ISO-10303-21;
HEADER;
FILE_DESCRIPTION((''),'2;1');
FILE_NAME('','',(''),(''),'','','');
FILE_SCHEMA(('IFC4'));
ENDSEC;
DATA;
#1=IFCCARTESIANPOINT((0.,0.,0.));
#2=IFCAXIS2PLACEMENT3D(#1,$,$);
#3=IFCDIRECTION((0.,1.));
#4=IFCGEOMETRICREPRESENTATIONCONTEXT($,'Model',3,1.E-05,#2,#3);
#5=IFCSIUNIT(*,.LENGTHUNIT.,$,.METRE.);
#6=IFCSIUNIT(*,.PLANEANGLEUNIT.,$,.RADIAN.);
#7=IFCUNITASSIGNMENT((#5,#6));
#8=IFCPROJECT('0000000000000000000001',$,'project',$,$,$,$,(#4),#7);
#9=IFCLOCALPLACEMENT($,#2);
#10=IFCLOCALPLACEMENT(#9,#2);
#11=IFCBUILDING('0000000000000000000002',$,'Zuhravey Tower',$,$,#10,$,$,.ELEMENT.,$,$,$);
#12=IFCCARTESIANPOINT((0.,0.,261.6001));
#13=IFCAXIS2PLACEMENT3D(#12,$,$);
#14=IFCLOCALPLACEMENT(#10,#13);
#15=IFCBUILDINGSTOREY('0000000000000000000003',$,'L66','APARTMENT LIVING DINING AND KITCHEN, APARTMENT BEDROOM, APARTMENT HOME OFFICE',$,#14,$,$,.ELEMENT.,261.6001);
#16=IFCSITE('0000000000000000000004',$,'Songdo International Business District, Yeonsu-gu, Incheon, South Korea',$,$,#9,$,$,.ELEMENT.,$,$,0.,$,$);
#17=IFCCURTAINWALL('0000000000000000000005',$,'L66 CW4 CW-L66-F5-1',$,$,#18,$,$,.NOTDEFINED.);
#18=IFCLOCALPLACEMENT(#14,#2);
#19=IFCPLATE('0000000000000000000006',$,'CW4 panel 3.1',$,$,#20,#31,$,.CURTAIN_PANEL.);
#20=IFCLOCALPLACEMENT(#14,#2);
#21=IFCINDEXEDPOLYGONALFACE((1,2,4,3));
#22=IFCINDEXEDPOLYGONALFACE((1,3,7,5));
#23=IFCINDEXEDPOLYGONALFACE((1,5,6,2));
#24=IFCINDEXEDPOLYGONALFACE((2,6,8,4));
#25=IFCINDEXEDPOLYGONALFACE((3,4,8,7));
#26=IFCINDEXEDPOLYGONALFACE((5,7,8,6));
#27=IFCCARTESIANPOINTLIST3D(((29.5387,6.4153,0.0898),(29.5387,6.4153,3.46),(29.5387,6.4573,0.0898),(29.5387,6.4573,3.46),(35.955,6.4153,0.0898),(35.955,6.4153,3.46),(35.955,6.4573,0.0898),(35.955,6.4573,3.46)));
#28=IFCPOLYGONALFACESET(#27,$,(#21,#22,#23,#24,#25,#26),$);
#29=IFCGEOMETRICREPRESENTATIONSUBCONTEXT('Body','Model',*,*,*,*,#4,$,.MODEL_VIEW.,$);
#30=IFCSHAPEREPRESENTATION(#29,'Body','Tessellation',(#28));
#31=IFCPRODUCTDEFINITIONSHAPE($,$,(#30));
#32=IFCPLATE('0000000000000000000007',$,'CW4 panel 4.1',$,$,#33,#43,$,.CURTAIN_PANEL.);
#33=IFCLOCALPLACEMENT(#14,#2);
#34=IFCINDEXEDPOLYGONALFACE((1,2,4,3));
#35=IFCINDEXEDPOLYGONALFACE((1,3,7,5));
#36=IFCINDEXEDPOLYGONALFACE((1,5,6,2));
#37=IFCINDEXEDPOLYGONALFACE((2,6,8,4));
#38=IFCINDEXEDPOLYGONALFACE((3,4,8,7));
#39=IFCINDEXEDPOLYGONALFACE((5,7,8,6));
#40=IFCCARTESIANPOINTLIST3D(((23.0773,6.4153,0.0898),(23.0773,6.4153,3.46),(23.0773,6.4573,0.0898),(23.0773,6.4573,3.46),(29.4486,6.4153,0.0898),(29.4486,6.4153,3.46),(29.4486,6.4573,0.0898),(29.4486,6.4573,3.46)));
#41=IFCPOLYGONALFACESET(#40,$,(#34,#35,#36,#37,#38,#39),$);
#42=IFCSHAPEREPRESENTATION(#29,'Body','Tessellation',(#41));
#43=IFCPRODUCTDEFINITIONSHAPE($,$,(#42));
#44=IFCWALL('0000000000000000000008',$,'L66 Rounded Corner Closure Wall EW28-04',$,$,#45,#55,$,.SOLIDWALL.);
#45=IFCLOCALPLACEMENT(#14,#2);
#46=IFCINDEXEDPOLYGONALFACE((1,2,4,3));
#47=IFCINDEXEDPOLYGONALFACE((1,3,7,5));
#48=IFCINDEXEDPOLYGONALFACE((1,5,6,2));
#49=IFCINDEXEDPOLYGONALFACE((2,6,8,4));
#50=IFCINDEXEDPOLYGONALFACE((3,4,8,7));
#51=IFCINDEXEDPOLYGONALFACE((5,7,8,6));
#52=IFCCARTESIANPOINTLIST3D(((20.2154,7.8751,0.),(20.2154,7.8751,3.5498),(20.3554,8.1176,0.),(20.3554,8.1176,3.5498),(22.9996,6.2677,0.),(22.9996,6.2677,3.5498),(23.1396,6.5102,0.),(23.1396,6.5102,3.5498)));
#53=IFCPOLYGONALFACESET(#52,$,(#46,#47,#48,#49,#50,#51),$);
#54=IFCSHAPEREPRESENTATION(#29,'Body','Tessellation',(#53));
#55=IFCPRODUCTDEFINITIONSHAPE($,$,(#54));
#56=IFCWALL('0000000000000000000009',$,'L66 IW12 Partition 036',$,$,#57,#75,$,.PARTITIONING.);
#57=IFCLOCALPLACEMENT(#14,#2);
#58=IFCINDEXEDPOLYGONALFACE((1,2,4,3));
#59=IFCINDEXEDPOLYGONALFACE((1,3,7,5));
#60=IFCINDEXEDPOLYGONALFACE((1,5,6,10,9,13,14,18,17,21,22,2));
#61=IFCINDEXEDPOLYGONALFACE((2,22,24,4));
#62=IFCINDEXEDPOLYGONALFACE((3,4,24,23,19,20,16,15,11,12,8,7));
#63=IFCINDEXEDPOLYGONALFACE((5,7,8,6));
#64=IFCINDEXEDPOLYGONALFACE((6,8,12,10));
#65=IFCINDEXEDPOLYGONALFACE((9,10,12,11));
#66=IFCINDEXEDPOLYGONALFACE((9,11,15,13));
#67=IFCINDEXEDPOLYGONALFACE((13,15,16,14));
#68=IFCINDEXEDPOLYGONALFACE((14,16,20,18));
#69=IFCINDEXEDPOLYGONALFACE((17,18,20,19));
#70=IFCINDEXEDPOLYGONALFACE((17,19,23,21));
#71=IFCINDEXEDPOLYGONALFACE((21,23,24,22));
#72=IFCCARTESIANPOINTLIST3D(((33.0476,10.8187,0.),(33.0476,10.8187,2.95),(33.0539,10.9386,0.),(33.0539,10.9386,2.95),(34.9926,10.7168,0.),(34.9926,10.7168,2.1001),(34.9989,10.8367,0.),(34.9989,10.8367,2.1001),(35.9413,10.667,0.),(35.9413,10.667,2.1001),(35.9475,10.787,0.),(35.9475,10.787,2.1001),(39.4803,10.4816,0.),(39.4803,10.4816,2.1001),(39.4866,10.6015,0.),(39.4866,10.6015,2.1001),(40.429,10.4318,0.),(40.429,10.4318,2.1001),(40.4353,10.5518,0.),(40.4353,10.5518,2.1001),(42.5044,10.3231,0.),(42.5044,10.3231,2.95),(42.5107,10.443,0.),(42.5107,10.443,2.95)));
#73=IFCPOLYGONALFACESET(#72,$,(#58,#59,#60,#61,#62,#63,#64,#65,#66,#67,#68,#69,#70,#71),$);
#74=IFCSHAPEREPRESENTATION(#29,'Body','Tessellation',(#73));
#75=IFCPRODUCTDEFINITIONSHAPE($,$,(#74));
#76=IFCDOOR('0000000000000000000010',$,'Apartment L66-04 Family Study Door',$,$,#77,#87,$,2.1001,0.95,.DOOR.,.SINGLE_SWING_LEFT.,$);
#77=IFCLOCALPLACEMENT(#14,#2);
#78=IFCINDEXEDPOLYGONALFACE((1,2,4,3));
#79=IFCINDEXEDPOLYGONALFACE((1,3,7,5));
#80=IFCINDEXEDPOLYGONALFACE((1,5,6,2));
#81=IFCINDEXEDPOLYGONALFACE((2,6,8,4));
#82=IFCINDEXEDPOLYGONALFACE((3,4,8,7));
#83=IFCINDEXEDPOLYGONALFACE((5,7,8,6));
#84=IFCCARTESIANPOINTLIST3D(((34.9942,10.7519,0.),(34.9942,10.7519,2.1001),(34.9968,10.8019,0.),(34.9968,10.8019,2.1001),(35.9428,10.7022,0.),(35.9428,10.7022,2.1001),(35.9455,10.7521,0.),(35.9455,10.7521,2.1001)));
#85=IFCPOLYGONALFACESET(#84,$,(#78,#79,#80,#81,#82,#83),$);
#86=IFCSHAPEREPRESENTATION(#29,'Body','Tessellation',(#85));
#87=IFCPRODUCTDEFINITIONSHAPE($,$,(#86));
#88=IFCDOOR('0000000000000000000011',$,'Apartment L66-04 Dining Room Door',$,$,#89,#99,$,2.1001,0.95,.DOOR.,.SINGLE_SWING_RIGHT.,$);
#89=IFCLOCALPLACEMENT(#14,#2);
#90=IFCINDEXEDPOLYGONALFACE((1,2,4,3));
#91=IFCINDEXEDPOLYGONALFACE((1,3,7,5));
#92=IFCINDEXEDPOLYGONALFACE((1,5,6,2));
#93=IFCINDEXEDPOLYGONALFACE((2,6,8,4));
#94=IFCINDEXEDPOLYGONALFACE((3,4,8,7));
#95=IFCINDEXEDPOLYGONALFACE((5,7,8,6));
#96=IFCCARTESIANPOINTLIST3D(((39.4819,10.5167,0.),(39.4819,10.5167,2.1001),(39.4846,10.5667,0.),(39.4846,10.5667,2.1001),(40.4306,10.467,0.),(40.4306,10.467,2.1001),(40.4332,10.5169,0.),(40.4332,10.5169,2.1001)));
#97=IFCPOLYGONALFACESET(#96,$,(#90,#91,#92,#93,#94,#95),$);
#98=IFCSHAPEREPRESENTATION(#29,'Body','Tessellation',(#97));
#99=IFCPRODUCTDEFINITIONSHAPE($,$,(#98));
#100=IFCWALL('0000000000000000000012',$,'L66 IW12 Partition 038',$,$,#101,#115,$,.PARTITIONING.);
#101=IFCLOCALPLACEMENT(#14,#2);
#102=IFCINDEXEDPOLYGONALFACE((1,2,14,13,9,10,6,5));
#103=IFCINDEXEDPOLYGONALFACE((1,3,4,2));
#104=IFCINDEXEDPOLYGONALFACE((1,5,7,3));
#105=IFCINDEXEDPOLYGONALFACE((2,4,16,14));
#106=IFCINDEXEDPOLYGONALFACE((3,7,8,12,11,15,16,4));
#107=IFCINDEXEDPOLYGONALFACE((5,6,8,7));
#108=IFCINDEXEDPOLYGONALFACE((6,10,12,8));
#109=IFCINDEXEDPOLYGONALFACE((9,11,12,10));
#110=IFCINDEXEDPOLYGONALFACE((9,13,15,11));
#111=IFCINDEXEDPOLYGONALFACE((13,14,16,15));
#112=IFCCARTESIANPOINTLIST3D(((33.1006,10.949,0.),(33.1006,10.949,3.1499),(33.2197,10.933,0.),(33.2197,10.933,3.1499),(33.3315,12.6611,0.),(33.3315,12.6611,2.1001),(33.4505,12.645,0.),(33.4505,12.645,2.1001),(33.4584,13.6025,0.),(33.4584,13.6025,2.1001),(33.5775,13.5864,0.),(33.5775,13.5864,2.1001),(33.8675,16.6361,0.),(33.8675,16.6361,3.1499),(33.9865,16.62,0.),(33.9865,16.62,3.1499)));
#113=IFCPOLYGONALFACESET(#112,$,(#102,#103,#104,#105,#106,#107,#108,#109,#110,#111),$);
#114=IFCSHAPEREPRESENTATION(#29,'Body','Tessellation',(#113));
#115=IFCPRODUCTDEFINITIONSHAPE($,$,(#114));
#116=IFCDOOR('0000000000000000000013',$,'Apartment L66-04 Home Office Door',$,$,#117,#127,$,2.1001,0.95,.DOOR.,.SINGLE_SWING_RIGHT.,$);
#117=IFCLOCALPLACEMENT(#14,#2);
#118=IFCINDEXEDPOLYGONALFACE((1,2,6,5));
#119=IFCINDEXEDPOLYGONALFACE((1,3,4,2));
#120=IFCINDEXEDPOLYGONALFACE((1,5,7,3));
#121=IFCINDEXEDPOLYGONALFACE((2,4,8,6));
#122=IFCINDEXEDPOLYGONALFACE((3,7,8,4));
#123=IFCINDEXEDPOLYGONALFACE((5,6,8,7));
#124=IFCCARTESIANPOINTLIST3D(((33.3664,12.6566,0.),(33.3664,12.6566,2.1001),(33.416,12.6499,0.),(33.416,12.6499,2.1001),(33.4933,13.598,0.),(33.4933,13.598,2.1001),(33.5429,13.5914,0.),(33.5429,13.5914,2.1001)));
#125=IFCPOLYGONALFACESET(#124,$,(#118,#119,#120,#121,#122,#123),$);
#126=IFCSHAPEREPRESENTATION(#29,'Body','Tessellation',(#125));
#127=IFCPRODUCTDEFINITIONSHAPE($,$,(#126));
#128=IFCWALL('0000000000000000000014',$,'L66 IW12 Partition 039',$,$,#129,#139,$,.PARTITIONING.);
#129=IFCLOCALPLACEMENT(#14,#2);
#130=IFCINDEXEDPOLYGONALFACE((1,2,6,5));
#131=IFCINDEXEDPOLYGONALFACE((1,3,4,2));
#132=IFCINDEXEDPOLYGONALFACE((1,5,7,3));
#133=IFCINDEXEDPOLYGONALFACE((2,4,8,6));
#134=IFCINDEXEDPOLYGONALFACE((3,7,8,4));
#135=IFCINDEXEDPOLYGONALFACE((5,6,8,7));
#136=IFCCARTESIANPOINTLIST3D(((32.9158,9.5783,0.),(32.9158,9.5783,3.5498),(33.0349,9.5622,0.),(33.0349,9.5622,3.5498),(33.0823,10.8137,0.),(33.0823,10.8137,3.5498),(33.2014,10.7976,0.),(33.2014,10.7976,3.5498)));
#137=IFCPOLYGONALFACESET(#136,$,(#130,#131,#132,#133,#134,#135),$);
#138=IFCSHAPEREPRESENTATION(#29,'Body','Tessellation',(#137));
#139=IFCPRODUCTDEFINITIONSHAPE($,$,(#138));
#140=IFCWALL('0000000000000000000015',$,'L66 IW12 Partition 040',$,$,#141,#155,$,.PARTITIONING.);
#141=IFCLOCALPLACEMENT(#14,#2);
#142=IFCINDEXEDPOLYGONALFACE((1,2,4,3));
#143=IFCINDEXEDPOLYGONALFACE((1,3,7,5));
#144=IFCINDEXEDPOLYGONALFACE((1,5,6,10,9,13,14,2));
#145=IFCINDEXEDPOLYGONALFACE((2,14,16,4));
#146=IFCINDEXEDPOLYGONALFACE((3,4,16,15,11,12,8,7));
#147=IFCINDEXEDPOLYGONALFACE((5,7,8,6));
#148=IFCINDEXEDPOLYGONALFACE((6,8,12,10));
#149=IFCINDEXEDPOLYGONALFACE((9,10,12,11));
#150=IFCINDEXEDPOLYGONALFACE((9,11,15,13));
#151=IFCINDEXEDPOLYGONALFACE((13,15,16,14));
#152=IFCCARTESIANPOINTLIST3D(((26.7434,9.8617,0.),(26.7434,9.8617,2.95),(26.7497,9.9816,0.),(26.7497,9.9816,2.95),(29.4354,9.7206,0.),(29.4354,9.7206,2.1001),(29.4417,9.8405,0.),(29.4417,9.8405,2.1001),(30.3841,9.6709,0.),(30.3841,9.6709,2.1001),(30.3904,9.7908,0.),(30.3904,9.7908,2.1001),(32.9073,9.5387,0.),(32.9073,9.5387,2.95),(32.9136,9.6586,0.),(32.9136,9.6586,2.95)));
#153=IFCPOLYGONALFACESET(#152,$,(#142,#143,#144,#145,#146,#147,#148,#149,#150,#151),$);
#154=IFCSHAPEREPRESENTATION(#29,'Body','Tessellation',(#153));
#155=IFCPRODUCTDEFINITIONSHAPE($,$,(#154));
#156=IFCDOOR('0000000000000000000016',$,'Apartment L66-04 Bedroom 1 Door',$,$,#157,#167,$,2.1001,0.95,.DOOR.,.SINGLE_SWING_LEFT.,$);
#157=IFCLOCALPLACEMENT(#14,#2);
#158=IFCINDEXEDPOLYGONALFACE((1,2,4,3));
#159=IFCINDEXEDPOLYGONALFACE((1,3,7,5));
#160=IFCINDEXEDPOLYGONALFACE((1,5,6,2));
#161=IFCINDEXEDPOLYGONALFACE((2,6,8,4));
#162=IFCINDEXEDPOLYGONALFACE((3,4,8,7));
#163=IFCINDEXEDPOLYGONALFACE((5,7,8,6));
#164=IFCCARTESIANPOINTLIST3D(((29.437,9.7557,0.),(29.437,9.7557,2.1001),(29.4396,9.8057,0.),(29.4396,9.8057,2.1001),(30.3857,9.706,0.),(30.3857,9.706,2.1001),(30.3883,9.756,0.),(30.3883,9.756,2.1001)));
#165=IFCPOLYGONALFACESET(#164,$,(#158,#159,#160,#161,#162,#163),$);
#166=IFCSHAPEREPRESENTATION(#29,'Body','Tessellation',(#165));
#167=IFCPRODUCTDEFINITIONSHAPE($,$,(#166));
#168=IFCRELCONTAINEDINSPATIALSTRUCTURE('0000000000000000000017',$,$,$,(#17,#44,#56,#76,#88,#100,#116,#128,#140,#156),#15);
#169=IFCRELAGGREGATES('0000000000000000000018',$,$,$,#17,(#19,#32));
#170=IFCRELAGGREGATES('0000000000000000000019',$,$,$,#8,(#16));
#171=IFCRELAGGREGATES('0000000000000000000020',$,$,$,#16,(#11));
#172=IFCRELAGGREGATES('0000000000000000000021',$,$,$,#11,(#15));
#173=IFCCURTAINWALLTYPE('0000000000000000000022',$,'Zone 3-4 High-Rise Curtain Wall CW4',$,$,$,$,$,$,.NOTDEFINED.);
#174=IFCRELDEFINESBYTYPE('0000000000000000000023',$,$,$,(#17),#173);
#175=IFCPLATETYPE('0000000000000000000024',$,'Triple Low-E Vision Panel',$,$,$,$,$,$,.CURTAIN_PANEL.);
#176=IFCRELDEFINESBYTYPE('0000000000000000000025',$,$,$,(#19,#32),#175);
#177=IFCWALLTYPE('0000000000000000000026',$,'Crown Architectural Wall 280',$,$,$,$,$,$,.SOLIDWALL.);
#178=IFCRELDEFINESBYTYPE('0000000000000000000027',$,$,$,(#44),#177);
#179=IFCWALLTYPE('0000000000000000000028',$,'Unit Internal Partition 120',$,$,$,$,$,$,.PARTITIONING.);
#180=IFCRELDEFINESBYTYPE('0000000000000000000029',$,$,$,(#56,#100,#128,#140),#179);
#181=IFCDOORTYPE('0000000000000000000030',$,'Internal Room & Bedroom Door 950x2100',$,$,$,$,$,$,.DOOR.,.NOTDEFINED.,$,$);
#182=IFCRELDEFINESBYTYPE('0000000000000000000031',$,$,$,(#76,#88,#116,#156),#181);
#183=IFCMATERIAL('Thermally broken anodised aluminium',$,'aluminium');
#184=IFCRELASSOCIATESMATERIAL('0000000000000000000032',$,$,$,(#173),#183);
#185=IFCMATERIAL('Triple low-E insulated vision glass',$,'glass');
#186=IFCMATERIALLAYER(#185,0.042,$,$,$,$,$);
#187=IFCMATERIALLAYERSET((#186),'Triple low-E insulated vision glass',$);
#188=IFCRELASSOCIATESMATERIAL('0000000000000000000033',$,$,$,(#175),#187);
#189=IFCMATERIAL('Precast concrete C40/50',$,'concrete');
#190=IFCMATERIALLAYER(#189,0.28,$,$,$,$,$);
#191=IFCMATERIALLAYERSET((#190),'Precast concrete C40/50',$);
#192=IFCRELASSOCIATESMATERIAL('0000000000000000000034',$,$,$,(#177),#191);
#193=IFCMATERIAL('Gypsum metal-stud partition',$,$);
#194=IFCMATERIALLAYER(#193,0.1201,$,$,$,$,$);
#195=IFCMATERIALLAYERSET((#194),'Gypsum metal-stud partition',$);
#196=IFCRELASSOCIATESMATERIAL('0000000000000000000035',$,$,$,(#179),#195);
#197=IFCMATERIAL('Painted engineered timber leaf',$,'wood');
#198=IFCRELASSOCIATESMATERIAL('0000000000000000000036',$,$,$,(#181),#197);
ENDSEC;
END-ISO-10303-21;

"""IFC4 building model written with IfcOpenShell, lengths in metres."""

from ifc_helpers import new_model, si_unit, direction, frame, frame_2d, origin, origin_2d, place, context, subcontext, project, spatial, rectangle, extrude, material, layer, layer_set, type_object, element, fill, aggregate, save


model = new_model("IFC4")

# Units and contexts
model_context = context("Model", 3, precision=1e-05, world=origin(), true_north=direction((0.0, 1.0)))
body_context = subcontext(model_context, "Body", "Model", "MODEL_VIEW")
ifc_project = project(units=[si_unit("LENGTHUNIT", "METRE"), si_unit("PLANEANGLEUNIT", "RADIAN")], contexts=[model_context])

# Site, building, storey
site_placement = place(None, origin())
site = spatial("IfcSite", under=ifc_project, at=site_placement, Name="Songdo International Business District, Yeonsu-gu, Incheon, South Korea", CompositionType="ELEMENT", RefElevation=0.0)
building_placement = place(site_placement, origin())
building = spatial("IfcBuilding", under=site, at=building_placement, Name="Zuhravey Tower", CompositionType="ELEMENT")
storey_placement = place(building_placement, frame((0.0, 0.0, 261.6001)))
storey = spatial("IfcBuildingStorey", under=building, at=storey_placement, Name="L66", Description="APARTMENT LIVING DINING AND KITCHEN, APARTMENT BEDROOM, APARTMENT HOME OFFICE", CompositionType="ELEMENT", Elevation=261.6001)

# Curtain wall
ifc_material_1 = material(Name="Thermally broken anodised aluminium", Category="aluminium")
curtain_wall_type = type_object("IfcCurtainWallType", Name="Zone 3-4 High-Rise Curtain Wall CW4", PredefinedType="NOTDEFINED", material=ifc_material_1)
curtain_wall_1_placement = place(storey_placement, origin())
curtain_wall_1 = element("IfcCurtainWall", 1, at=curtain_wall_1_placement, inside=storey, type_object=curtain_wall_type, Name="L66 CW4 CW-L66-F5-1", PredefinedType="NOTDEFINED")

# Plates
ifc_material_2 = material(Name="Triple low-E insulated vision glass", Category="glass")
ifc_layer_1 = layer(ifc_material_2, 0.042)
ifc_layer_set_1 = layer_set([ifc_layer_1], Name="Triple low-E insulated vision glass")
plate_type_1 = type_object("IfcPlateType", Name="Triple Low-E Vision Panel", PredefinedType="CURTAIN_PANEL", material=ifc_layer_set_1)
plate_1_placement = place(storey_placement, frame((32.7468, 6.4363, 0.0898), z_axis=(0.0, 0.0, 1.0), x_axis=(-1.0, 0.0, 0.0)))
plate_1 = element("IfcPlate", 2, at=plate_1_placement, type_object=plate_type_1, Name="CW4 panel 3.1", PredefinedType="CURTAIN_PANEL", context=body_context, shape_type="SweptSolid", body=[
    extrude(rectangle(XDim=6.4163, YDim=0.042, at=origin_2d()), origin(), (0.0, 0.0, 1.0), 3.3701),
])
plate_2_placement = place(storey_placement, frame((26.2629, 6.4363, 0.0898), z_axis=(0.0, 0.0, 1.0), x_axis=(-1.0, 0.0, 0.0)))
plate_2 = element("IfcPlate", 3, at=plate_2_placement, type_object=plate_type_1, Name="CW4 panel 4.1", PredefinedType="CURTAIN_PANEL", context=body_context, shape_type="SweptSolid", body=[
    extrude(rectangle(XDim=6.3713, YDim=0.042, at=origin_2d()), origin(), (0.0, 0.0, 1.0), 3.3701),
])
aggregate(curtain_wall_1, [plate_1, plate_2])

# Wall
ifc_material_3 = material(Name="Precast concrete C40/50", Category="concrete")
ifc_layer_2 = layer(ifc_material_3, 0.28)
ifc_layer_set_2 = layer_set([ifc_layer_2], Name="Precast concrete C40/50")
wall_type_1 = type_object("IfcWallType", Name="Crown Architectural Wall 280", PredefinedType="SOLIDWALL", material=ifc_layer_set_2)
wall_1_placement = place(storey_placement, frame((23.0696, 6.3889, 0.0), z_axis=(0.0, 0.0, 1.0), x_axis=(-0.866029, 0.499994, 0.0)))
element("IfcWall", 4, at=wall_1_placement, inside=storey, type_object=wall_type_1, Name="L66 Rounded Corner Closure Wall EW28-04", PredefinedType="SOLIDWALL", context=body_context, shape_type="SweptSolid", body=[
    extrude(rectangle(XDim=3.2148, YDim=0.28, at=frame_2d((1.6074, 0.0))), origin(), (0.0, 0.0, 1.0), 3.5498),
])

# Wall, openings, doors
ifc_material_4 = material(Name="Gypsum metal-stud partition")
ifc_layer_3 = layer(ifc_material_4, 0.1201)
ifc_layer_set_3 = layer_set([ifc_layer_3], Name="Gypsum metal-stud partition")
wall_type_2 = type_object("IfcWallType", Name="Unit Internal Partition 120", PredefinedType="PARTITIONING", material=ifc_layer_set_3)
wall_2_placement = place(storey_placement, frame((33.0508, 10.8787, 0.0), z_axis=(0.0, 0.0, 1.0), x_axis=(0.99863, -0.052336, 0.0)))
wall_2 = element("IfcWall", 5, at=wall_2_placement, inside=storey, type_object=wall_type_2, Name="L66 IW12 Partition 036", PredefinedType="PARTITIONING", context=body_context, shape_type="SweptSolid", body=[
    extrude(rectangle(XDim=9.4697, YDim=0.1201, at=frame_2d((4.7349, 0.0))), origin(), (0.0, 0.0, 1.0), 2.95),
])
opening_1_placement = place(wall_2_placement, frame((1.9475, 0.0, 0.0)))
opening_1 = element("IfcOpeningElement", 6, at=opening_1_placement, cuts=wall_2, PredefinedType="OPENING", context=body_context, shape_type="SweptSolid", body=[
    extrude(rectangle(XDim=0.95, YDim=2.1001, at=frame_2d((0.4751, 1.05))), frame((0.0, 0.072, 0.0), z_axis=(0.0, -1.0, 0.0), x_axis=(1.0, 0.0, 0.0)), (0.0, 0.0, 1.0), 0.144),
])
opening_2_placement = place(wall_2_placement, frame((6.4414, 0.0, 0.0)))
opening_2 = element("IfcOpeningElement", 7, at=opening_2_placement, cuts=wall_2, PredefinedType="OPENING", context=body_context, shape_type="SweptSolid", body=[
    extrude(rectangle(XDim=0.95, YDim=2.1001, at=frame_2d((0.4751, 1.05))), frame((0.0, 0.072, 0.0), z_axis=(0.0, -1.0, 0.0), x_axis=(1.0, 0.0, 0.0)), (0.0, 0.0, 1.0), 0.144),
])
ifc_material_5 = material(Name="Painted engineered timber leaf", Category="wood")
door_type = type_object("IfcDoorType", Name="Internal Room & Bedroom Door 950x2100", OperationType="NOTDEFINED", PredefinedType="DOOR", material=ifc_material_5)
door_1_placement = place(opening_1_placement, frame((0.95, 0.0, 0.0), z_axis=(0.0, 0.0, 1.0), x_axis=(-1.0, 0.0, 0.0)))
door_1 = element("IfcDoor", 8, at=door_1_placement, inside=storey, type_object=door_type, Name="Apartment L66-04 Family Study Door", OperationType="SINGLE_SWING_LEFT", OverallHeight=2.1001, OverallWidth=0.95, PredefinedType="DOOR", context=body_context, shape_type="SweptSolid", body=[
    extrude(rectangle(XDim=0.95, YDim=2.1001, at=frame_2d((0.4751, 1.05))), frame((0.0, 0.0249, 0.0), z_axis=(0.0, -1.0, 0.0), x_axis=(1.0, 0.0, 0.0)), (0.0, 0.0, 1.0), 0.05),
])
fill(opening_1, door_1)
door_2_placement = place(opening_2_placement, frame((0.95, 0.0, 0.0), z_axis=(0.0, 0.0, 1.0), x_axis=(-1.0, 0.0, 0.0)))
door_2 = element("IfcDoor", 9, at=door_2_placement, inside=storey, type_object=door_type, Name="Apartment L66-04 Dining Room Door", OperationType="SINGLE_SWING_RIGHT", OverallHeight=2.1001, OverallWidth=0.95, PredefinedType="DOOR", context=body_context, shape_type="SweptSolid", body=[
    extrude(rectangle(XDim=0.95, YDim=2.1001, at=frame_2d((0.4751, 1.05))), frame((0.0, 0.0249, 0.0), z_axis=(0.0, -1.0, 0.0), x_axis=(1.0, 0.0, 0.0)), (0.0, 0.0, 1.0), 0.05),
])
fill(opening_2, door_2)

# Wall, opening, door
wall_3_placement = place(storey_placement, frame((33.927, 16.6279, 0.0), z_axis=(0.0, 0.0, 1.0), x_axis=(-0.133632, -0.991031, 0.0)))
wall_3 = element("IfcWall", 10, at=wall_3_placement, inside=storey, type_object=wall_type_2, Name="L66 IW12 Partition 038", PredefinedType="PARTITIONING", context=body_context, shape_type="SweptSolid", body=[
    extrude(rectangle(XDim=5.7385, YDim=0.1201, at=frame_2d((2.8691, 0.0))), origin(), (0.0, 0.0, 1.0), 3.1499),
])
opening_3_placement = place(wall_3_placement, frame((3.0608, 0.0, 0.0)))
opening_3 = element("IfcOpeningElement", 11, at=opening_3_placement, cuts=wall_3, PredefinedType="OPENING", context=body_context, shape_type="SweptSolid", body=[
    extrude(rectangle(XDim=0.95, YDim=2.1001, at=frame_2d((0.4751, 1.05))), frame((0.0, 0.072, 0.0), z_axis=(0.0, -1.0, 0.0), x_axis=(1.0, 0.0, 0.0)), (0.0, 0.0, 1.0), 0.144),
])
door_3_placement = place(opening_3_placement, frame((0.95, 0.0, 0.0), z_axis=(0.0, 0.0, 1.0), x_axis=(-1.0, 0.0, 0.0)))
door_3 = element("IfcDoor", 12, at=door_3_placement, inside=storey, type_object=door_type, Name="Apartment L66-04 Home Office Door", OperationType="SINGLE_SWING_RIGHT", OverallHeight=2.1001, OverallWidth=0.95, PredefinedType="DOOR", context=body_context, shape_type="SweptSolid", body=[
    extrude(rectangle(XDim=0.95, YDim=2.1001, at=frame_2d((0.4751, 1.05))), frame((0.0, 0.0249, 0.0), z_axis=(0.0, -1.0, 0.0), x_axis=(1.0, 0.0, 0.0)), (0.0, 0.0, 1.0), 0.05),
])
fill(opening_3, door_3)

# Wall
wall_4_placement = place(storey_placement, frame((33.1418, 10.8057, 0.0), z_axis=(0.0, 0.0, 1.0), x_axis=(-0.133575, -0.991039, 0.0)))
element("IfcWall", 13, at=wall_4_placement, inside=storey, type_object=wall_type_2, Name="L66 IW12 Partition 039", PredefinedType="PARTITIONING", context=body_context, shape_type="SweptSolid", body=[
    extrude(rectangle(XDim=1.2466, YDim=0.1201, at=frame_2d((0.6233, 0.0))), origin(), (0.0, 0.0, 1.0), 3.5498),
])

# Wall, opening, door
wall_5_placement = place(storey_placement, frame((26.7466, 9.9216, 0.0), z_axis=(0.0, 0.0, 1.0), x_axis=(0.99863, -0.05233, 0.0)))
wall_5 = element("IfcWall", 14, at=wall_5_placement, inside=storey, type_object=wall_type_2, Name="L66 IW12 Partition 040", PredefinedType="PARTITIONING", context=body_context, shape_type="SweptSolid", body=[
    extrude(rectangle(XDim=6.1724, YDim=0.1201, at=frame_2d((3.0862, 0.0))), origin(), (0.0, 0.0, 1.0), 2.95),
])
opening_4_placement = place(wall_5_placement, frame((2.6956, 0.0, 0.0)))
opening_4 = element("IfcOpeningElement", 15, at=opening_4_placement, cuts=wall_5, PredefinedType="OPENING", context=body_context, shape_type="SweptSolid", body=[
    extrude(rectangle(XDim=0.95, YDim=2.1001, at=frame_2d((0.4751, 1.05))), frame((0.0, 0.072, 0.0), z_axis=(0.0, -1.0, 0.0), x_axis=(1.0, 0.0, 0.0)), (0.0, 0.0, 1.0), 0.144),
])
door_4_placement = place(opening_4_placement, frame((0.95, 0.0, 0.0), z_axis=(0.0, 0.0, 1.0), x_axis=(-1.0, 0.0, 0.0)))
door_4 = element("IfcDoor", 16, at=door_4_placement, inside=storey, type_object=door_type, Name="Apartment L66-04 Bedroom 1 Door", OperationType="SINGLE_SWING_LEFT", OverallHeight=2.1001, OverallWidth=0.95, PredefinedType="DOOR", context=body_context, shape_type="SweptSolid", body=[
    extrude(rectangle(XDim=0.95, YDim=2.1001, at=frame_2d((0.4751, 1.05))), frame((0.0, 0.0249, 0.0), z_axis=(0.0, -1.0, 0.0), x_axis=(1.0, 0.0, 0.0)), (0.0, 0.0, 1.0), 0.05),
])
fill(opening_4, door_4)

save(model, "model.ifc")
